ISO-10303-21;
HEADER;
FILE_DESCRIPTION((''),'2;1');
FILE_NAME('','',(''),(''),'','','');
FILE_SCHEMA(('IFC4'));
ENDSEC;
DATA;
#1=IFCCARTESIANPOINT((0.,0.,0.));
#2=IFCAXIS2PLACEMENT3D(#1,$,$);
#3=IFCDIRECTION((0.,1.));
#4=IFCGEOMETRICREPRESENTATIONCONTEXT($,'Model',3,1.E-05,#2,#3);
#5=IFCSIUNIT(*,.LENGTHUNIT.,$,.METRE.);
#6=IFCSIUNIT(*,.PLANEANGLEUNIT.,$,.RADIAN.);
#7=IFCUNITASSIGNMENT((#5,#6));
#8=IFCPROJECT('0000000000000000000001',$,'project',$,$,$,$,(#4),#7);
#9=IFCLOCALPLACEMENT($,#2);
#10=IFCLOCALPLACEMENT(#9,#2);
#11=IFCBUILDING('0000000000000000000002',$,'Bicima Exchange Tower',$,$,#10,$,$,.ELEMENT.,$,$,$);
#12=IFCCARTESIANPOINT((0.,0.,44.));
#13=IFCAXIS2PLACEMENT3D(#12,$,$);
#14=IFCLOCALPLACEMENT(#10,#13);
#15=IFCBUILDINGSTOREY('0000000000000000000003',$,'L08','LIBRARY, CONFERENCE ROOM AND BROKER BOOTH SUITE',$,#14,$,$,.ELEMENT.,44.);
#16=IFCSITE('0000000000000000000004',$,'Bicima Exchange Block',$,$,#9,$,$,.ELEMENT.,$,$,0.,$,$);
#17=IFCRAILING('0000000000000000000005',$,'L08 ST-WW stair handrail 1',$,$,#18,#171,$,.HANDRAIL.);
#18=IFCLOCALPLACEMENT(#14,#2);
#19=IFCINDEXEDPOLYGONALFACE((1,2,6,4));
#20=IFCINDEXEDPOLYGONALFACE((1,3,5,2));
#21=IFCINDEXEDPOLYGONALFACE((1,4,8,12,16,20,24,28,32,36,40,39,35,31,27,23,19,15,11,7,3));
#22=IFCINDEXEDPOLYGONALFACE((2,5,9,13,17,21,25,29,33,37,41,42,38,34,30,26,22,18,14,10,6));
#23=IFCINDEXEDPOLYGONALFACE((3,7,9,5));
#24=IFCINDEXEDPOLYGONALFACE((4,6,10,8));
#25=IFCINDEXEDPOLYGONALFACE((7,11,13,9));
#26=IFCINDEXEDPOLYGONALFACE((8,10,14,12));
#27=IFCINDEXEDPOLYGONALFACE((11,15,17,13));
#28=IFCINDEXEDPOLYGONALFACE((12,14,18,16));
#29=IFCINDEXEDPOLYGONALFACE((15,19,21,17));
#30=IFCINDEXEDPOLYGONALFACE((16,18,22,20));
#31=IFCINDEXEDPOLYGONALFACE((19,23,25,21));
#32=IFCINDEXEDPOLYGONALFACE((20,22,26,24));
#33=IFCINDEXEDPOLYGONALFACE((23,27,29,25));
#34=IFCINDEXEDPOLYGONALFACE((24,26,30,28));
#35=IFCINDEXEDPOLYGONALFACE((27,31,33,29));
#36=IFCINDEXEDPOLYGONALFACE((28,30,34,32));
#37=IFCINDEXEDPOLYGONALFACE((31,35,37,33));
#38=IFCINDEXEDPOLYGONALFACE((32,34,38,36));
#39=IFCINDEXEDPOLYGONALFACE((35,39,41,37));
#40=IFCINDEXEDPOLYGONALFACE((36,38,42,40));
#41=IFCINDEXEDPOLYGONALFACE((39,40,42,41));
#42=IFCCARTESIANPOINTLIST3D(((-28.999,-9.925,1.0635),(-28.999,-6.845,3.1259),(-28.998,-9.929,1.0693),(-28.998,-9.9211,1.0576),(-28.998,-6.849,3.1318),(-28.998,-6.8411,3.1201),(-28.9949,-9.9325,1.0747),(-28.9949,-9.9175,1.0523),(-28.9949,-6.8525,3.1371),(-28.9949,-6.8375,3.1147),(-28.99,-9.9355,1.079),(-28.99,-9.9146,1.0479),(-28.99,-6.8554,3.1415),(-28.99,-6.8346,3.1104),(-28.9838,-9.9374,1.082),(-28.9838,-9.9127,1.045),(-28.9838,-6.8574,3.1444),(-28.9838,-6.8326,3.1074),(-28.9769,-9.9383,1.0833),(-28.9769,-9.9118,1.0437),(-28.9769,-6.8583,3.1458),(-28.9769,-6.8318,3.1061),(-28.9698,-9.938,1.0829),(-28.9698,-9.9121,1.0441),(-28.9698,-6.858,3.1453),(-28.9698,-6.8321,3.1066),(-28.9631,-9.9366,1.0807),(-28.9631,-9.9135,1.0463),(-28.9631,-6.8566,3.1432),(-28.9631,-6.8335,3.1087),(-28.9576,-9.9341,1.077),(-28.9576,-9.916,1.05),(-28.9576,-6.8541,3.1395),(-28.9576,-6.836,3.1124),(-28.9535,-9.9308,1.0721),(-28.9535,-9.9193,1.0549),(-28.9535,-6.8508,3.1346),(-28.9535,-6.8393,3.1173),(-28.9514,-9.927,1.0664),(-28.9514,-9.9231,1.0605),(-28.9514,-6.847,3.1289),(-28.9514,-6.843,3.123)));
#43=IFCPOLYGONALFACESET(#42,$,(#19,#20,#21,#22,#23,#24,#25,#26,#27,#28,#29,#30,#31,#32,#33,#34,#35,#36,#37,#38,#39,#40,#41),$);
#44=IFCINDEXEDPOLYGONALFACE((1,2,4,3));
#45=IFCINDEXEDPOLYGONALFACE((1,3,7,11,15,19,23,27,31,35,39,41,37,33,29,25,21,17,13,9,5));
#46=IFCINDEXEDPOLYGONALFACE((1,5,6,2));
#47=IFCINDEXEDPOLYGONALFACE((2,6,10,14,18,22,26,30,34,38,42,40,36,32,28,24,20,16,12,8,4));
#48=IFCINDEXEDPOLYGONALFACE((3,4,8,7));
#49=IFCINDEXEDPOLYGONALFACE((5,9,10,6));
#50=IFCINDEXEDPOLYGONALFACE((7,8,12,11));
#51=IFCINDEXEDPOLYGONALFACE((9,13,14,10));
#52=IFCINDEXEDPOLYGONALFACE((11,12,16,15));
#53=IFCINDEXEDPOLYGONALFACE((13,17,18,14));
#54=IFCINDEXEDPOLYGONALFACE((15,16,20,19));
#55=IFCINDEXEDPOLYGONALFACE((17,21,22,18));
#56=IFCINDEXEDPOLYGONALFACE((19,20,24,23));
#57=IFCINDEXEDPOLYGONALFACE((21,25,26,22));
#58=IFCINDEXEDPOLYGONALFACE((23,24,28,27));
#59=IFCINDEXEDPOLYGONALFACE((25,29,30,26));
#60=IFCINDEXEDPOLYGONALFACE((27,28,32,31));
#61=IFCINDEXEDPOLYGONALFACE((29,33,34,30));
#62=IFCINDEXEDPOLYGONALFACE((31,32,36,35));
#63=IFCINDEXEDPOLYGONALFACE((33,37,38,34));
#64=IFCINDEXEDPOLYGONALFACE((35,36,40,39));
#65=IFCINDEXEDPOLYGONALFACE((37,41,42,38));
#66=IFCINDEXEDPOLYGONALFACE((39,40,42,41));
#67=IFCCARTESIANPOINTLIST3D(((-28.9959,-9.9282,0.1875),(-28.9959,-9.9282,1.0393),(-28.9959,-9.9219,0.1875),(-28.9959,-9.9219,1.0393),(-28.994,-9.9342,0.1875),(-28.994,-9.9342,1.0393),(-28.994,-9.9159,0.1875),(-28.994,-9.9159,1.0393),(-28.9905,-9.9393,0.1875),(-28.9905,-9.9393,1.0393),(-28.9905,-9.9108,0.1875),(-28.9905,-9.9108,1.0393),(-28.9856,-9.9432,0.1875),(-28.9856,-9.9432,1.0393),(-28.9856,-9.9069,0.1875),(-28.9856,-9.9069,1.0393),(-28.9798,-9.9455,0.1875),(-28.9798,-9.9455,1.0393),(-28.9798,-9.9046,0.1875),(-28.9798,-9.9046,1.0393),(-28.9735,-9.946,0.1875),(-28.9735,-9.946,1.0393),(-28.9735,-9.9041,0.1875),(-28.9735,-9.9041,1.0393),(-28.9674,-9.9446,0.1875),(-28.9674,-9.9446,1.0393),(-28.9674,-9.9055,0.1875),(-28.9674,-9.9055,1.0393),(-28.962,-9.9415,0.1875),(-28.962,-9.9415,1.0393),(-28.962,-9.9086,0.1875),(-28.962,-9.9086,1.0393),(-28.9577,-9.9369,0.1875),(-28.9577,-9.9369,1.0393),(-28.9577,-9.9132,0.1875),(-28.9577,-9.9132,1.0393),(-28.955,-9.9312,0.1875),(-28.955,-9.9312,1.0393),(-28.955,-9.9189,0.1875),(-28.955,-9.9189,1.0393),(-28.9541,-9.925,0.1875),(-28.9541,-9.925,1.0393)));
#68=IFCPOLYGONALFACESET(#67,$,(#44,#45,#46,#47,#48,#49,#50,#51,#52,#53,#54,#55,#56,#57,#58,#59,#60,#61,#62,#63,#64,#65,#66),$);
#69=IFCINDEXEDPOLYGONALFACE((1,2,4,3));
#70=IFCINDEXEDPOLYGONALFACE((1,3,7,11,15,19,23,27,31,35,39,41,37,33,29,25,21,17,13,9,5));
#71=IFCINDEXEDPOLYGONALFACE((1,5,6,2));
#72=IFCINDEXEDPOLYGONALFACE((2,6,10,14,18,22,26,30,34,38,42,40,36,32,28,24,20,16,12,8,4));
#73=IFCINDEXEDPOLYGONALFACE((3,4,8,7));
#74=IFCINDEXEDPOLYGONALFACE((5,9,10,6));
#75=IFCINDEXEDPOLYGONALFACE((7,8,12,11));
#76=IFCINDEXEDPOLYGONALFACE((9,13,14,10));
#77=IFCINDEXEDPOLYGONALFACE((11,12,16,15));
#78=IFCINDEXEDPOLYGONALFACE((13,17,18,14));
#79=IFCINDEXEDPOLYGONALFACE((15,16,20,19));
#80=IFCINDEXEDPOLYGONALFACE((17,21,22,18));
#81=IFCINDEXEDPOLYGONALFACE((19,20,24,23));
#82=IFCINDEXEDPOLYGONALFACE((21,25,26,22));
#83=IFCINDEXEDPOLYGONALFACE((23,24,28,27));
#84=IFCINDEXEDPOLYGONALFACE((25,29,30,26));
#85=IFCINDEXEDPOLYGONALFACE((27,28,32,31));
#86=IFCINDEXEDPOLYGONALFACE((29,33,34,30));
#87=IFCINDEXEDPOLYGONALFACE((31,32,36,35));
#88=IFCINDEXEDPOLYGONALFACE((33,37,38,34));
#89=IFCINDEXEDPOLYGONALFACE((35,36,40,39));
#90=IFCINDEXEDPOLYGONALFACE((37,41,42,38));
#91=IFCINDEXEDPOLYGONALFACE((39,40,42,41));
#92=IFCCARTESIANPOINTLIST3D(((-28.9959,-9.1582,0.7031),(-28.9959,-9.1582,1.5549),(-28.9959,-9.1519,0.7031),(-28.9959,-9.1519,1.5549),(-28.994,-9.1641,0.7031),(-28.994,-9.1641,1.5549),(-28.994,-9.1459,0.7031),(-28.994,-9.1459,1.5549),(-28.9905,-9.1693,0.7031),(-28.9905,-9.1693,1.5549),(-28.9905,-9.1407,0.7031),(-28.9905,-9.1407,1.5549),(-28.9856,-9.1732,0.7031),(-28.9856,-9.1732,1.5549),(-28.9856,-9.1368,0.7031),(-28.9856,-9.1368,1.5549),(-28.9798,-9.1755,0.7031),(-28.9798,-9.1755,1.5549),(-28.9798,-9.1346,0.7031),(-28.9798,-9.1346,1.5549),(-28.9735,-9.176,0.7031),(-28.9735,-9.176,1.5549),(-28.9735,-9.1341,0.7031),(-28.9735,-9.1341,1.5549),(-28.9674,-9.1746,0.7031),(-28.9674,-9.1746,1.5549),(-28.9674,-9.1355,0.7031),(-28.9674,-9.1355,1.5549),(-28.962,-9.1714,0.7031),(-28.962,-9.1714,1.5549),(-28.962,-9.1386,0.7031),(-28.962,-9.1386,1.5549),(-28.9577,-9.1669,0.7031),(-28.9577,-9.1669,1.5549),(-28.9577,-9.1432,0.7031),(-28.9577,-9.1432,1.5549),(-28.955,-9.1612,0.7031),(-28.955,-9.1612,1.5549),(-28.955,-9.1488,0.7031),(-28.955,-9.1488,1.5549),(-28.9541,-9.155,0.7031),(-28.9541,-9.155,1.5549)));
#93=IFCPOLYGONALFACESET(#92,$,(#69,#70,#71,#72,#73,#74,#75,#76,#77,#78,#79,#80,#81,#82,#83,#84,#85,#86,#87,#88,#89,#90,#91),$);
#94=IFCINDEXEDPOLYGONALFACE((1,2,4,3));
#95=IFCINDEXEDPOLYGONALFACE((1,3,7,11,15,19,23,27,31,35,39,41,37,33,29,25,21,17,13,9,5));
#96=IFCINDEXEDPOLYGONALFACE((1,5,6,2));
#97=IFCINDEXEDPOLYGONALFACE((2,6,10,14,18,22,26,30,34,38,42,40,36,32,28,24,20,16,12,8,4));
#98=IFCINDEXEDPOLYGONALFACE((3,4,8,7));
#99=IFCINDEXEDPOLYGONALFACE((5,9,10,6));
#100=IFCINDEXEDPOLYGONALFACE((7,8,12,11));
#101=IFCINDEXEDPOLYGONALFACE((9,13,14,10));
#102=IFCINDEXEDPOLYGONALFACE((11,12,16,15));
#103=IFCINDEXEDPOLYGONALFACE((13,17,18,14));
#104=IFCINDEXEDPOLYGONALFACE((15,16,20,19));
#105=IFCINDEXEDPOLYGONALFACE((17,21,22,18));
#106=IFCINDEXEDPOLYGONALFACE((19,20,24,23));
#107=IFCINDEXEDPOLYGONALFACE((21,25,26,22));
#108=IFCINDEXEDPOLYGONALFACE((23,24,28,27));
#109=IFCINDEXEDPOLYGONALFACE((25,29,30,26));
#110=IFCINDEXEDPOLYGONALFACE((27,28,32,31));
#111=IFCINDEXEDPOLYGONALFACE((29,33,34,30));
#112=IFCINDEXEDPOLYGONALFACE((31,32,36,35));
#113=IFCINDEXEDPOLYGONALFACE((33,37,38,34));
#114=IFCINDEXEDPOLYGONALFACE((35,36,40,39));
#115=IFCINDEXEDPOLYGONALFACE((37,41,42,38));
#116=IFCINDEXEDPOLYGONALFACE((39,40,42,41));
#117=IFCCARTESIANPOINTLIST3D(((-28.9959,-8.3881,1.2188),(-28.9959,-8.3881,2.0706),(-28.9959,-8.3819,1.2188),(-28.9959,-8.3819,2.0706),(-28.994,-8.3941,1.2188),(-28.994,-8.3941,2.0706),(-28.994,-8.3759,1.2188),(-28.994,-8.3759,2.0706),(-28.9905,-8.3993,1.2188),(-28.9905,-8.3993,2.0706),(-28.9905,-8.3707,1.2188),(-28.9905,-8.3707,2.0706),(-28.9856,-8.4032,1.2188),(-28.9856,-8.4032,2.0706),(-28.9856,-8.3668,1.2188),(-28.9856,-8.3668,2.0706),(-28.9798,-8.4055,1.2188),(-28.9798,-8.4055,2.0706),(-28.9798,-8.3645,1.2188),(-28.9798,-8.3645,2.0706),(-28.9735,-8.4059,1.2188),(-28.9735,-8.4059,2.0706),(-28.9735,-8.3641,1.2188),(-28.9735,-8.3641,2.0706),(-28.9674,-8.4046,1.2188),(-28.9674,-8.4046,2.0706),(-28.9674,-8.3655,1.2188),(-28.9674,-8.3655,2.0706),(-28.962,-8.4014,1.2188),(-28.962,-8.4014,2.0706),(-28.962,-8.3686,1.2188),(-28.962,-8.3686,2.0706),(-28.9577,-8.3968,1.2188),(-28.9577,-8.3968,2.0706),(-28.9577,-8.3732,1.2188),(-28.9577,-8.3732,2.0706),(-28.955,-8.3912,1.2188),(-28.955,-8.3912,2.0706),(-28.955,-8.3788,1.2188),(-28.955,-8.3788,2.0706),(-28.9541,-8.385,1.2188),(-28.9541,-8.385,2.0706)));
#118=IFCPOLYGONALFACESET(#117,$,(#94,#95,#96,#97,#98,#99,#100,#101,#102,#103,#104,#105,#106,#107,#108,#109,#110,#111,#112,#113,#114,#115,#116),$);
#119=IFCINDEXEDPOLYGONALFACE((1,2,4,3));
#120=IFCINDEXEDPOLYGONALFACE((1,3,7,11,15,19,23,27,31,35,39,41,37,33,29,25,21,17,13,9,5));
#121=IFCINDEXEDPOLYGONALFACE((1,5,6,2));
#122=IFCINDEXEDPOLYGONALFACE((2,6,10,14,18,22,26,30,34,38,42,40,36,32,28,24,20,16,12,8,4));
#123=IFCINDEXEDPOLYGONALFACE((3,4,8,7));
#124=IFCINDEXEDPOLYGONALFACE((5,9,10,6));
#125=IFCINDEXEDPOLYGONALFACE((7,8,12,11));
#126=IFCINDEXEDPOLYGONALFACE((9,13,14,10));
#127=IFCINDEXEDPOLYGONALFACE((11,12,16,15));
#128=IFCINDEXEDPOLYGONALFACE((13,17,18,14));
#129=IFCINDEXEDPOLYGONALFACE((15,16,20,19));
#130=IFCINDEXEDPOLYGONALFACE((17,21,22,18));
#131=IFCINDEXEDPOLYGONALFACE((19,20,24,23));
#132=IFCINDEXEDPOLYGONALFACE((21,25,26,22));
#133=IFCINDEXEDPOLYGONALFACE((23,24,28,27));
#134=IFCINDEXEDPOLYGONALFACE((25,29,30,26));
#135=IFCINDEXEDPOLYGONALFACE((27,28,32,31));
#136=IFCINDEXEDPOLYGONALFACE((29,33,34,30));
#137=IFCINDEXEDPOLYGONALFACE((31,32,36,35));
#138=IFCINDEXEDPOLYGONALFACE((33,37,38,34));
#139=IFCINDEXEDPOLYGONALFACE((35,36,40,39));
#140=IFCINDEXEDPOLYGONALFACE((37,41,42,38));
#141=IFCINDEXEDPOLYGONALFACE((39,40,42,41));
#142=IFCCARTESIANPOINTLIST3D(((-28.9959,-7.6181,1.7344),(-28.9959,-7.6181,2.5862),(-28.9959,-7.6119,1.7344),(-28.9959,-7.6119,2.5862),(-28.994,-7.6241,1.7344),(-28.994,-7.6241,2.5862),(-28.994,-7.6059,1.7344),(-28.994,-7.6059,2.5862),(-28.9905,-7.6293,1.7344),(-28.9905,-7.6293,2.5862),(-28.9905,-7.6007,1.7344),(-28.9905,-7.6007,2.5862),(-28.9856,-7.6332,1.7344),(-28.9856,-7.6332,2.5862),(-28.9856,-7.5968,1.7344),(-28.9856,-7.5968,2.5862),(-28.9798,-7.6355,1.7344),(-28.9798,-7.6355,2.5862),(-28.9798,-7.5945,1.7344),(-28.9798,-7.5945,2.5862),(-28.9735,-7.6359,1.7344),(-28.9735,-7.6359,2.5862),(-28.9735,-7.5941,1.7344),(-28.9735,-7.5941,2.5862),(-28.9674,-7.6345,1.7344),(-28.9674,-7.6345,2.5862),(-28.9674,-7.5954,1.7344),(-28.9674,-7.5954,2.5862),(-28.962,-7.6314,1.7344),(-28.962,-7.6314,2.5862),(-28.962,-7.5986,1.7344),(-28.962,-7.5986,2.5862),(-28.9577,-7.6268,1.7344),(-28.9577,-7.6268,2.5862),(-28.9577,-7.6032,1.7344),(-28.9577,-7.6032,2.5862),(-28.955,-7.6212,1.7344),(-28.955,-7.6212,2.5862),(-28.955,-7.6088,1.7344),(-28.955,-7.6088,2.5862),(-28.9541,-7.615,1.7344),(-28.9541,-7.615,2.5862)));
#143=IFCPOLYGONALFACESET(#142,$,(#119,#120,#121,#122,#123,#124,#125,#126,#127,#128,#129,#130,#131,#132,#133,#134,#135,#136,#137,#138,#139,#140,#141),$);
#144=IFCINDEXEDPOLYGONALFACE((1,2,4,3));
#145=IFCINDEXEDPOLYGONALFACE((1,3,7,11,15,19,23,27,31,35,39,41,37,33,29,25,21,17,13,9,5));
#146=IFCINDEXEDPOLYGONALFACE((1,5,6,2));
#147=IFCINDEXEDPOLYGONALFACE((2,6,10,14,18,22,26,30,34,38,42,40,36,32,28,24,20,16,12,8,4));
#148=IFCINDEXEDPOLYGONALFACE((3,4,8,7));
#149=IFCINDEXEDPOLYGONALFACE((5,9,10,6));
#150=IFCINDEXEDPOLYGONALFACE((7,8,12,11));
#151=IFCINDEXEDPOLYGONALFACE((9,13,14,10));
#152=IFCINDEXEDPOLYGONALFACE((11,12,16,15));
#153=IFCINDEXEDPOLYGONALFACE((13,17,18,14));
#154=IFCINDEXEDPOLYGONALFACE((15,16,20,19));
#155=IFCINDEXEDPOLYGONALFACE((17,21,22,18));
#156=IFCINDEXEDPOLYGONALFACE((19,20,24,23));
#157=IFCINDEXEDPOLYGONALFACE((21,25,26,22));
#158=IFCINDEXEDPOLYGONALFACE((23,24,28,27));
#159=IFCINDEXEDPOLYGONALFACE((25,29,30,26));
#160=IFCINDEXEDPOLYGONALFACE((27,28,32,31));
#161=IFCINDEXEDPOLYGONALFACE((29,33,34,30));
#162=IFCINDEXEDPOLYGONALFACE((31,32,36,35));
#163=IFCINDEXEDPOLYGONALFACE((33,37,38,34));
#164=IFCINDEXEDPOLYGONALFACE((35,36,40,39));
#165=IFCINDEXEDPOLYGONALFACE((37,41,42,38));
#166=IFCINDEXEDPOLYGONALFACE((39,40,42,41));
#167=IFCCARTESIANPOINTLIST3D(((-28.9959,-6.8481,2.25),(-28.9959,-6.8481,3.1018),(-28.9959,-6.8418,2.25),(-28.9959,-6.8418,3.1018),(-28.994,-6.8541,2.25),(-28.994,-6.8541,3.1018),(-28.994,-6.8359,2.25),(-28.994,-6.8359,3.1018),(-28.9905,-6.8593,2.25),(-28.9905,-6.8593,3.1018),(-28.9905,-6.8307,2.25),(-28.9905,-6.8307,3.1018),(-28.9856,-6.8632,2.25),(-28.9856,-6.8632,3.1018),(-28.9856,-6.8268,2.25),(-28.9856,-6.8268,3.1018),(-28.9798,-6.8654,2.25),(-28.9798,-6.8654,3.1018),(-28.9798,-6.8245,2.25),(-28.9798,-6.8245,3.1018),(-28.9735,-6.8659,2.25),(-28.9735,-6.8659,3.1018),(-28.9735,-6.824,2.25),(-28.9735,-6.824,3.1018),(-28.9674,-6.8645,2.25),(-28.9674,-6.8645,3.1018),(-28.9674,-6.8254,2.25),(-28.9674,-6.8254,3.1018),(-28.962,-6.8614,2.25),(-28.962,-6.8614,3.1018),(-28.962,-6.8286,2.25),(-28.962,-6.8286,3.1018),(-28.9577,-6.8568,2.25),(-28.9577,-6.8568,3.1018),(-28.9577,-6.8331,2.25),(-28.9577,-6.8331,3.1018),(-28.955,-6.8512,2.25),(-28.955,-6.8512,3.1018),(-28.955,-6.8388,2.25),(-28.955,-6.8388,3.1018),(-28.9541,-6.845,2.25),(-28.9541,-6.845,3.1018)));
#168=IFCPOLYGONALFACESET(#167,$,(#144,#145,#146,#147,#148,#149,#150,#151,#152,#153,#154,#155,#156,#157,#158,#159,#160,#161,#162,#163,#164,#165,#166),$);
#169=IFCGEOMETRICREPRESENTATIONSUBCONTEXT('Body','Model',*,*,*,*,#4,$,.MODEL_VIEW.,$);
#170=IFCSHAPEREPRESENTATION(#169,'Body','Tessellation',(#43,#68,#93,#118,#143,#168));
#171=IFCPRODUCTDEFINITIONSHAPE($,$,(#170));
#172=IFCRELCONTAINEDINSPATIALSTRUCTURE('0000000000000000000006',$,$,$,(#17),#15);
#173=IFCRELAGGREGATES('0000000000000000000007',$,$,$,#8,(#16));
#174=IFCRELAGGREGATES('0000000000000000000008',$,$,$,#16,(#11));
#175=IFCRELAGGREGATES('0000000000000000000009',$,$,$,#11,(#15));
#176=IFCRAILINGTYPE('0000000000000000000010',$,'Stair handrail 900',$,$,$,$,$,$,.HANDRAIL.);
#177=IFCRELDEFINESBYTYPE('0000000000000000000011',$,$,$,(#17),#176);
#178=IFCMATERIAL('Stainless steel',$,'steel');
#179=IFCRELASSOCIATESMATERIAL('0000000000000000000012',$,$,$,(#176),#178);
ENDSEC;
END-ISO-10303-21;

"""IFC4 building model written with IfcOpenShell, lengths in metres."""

from ifc_helpers import new_model, si_unit, direction, frame, origin, origin_2d, place, context, subcontext, project, spatial, circle, extrude, material, type_object, element, save


model = new_model("IFC4")

# Units and contexts
model_context = context("Model", 3, precision=1e-05, world=origin(), true_north=direction((0.0, 1.0)))
body_context = subcontext(model_context, "Body", "Model", "MODEL_VIEW")
ifc_project = project(units=[si_unit("LENGTHUNIT", "METRE"), si_unit("PLANEANGLEUNIT", "RADIAN")], contexts=[model_context])

# Site, building, storey
site_placement = place(None, origin())
site = spatial("IfcSite", under=ifc_project, at=site_placement, Name="Bicima Exchange Block", CompositionType="ELEMENT", RefElevation=0.0)
building_placement = place(site_placement, origin())
building = spatial("IfcBuilding", under=site, at=building_placement, Name="Bicima Exchange Tower", CompositionType="ELEMENT")
storey_placement = place(building_placement, frame((0.0, 0.0, 44.0)))
storey = spatial("IfcBuildingStorey", under=building, at=storey_placement, Name="L08", Description="LIBRARY, CONFERENCE ROOM AND BROKER BOOTH SUITE", CompositionType="ELEMENT", Elevation=44.0)

# Railing
ifc_material_1 = material(Name="Stainless steel", Category="steel")
railing_type = type_object("IfcRailingType", Name="Stair handrail 900", PredefinedType="HANDRAIL", material=ifc_material_1)
railing_placement = place(storey_placement, frame((-28.9751, -9.925, 0.1875)))
element("IfcRailing", 1, at=railing_placement, inside=storey, type_object=railing_type, Name="L08 ST-WW stair handrail 1", PredefinedType="HANDRAIL", context=body_context, shape_type="SweptSolid", body=[
    extrude(circle(Radius=0.0239, at=origin_2d()), frame((0.0, 0.0, 0.876), z_axis=(0.0, 0.830914, 0.556401), x_axis=(-1.0, 0.0, 0.0)), (0.0, 0.0, 1.0), 3.7068),
    extrude(circle(Radius=0.021, at=origin_2d()), origin(), (0.0, 0.0, 1.0), 0.8518),
    extrude(circle(Radius=0.021, at=origin_2d()), frame((0.0, 0.77, 0.5156)), (0.0, 0.0, 1.0), 0.8518),
    extrude(circle(Radius=0.021, at=origin_2d()), frame((0.0, 1.54, 1.0312)), (0.0, 0.0, 1.0), 0.8518),
    extrude(circle(Radius=0.021, at=origin_2d()), frame((0.0, 2.3101, 1.5469)), (0.0, 0.0, 1.0), 0.8518),
    extrude(circle(Radius=0.021, at=origin_2d()), frame((0.0, 3.0801, 2.0625)), (0.0, 0.0, 1.0), 0.8518),
])

save(model, "model.ifc")
